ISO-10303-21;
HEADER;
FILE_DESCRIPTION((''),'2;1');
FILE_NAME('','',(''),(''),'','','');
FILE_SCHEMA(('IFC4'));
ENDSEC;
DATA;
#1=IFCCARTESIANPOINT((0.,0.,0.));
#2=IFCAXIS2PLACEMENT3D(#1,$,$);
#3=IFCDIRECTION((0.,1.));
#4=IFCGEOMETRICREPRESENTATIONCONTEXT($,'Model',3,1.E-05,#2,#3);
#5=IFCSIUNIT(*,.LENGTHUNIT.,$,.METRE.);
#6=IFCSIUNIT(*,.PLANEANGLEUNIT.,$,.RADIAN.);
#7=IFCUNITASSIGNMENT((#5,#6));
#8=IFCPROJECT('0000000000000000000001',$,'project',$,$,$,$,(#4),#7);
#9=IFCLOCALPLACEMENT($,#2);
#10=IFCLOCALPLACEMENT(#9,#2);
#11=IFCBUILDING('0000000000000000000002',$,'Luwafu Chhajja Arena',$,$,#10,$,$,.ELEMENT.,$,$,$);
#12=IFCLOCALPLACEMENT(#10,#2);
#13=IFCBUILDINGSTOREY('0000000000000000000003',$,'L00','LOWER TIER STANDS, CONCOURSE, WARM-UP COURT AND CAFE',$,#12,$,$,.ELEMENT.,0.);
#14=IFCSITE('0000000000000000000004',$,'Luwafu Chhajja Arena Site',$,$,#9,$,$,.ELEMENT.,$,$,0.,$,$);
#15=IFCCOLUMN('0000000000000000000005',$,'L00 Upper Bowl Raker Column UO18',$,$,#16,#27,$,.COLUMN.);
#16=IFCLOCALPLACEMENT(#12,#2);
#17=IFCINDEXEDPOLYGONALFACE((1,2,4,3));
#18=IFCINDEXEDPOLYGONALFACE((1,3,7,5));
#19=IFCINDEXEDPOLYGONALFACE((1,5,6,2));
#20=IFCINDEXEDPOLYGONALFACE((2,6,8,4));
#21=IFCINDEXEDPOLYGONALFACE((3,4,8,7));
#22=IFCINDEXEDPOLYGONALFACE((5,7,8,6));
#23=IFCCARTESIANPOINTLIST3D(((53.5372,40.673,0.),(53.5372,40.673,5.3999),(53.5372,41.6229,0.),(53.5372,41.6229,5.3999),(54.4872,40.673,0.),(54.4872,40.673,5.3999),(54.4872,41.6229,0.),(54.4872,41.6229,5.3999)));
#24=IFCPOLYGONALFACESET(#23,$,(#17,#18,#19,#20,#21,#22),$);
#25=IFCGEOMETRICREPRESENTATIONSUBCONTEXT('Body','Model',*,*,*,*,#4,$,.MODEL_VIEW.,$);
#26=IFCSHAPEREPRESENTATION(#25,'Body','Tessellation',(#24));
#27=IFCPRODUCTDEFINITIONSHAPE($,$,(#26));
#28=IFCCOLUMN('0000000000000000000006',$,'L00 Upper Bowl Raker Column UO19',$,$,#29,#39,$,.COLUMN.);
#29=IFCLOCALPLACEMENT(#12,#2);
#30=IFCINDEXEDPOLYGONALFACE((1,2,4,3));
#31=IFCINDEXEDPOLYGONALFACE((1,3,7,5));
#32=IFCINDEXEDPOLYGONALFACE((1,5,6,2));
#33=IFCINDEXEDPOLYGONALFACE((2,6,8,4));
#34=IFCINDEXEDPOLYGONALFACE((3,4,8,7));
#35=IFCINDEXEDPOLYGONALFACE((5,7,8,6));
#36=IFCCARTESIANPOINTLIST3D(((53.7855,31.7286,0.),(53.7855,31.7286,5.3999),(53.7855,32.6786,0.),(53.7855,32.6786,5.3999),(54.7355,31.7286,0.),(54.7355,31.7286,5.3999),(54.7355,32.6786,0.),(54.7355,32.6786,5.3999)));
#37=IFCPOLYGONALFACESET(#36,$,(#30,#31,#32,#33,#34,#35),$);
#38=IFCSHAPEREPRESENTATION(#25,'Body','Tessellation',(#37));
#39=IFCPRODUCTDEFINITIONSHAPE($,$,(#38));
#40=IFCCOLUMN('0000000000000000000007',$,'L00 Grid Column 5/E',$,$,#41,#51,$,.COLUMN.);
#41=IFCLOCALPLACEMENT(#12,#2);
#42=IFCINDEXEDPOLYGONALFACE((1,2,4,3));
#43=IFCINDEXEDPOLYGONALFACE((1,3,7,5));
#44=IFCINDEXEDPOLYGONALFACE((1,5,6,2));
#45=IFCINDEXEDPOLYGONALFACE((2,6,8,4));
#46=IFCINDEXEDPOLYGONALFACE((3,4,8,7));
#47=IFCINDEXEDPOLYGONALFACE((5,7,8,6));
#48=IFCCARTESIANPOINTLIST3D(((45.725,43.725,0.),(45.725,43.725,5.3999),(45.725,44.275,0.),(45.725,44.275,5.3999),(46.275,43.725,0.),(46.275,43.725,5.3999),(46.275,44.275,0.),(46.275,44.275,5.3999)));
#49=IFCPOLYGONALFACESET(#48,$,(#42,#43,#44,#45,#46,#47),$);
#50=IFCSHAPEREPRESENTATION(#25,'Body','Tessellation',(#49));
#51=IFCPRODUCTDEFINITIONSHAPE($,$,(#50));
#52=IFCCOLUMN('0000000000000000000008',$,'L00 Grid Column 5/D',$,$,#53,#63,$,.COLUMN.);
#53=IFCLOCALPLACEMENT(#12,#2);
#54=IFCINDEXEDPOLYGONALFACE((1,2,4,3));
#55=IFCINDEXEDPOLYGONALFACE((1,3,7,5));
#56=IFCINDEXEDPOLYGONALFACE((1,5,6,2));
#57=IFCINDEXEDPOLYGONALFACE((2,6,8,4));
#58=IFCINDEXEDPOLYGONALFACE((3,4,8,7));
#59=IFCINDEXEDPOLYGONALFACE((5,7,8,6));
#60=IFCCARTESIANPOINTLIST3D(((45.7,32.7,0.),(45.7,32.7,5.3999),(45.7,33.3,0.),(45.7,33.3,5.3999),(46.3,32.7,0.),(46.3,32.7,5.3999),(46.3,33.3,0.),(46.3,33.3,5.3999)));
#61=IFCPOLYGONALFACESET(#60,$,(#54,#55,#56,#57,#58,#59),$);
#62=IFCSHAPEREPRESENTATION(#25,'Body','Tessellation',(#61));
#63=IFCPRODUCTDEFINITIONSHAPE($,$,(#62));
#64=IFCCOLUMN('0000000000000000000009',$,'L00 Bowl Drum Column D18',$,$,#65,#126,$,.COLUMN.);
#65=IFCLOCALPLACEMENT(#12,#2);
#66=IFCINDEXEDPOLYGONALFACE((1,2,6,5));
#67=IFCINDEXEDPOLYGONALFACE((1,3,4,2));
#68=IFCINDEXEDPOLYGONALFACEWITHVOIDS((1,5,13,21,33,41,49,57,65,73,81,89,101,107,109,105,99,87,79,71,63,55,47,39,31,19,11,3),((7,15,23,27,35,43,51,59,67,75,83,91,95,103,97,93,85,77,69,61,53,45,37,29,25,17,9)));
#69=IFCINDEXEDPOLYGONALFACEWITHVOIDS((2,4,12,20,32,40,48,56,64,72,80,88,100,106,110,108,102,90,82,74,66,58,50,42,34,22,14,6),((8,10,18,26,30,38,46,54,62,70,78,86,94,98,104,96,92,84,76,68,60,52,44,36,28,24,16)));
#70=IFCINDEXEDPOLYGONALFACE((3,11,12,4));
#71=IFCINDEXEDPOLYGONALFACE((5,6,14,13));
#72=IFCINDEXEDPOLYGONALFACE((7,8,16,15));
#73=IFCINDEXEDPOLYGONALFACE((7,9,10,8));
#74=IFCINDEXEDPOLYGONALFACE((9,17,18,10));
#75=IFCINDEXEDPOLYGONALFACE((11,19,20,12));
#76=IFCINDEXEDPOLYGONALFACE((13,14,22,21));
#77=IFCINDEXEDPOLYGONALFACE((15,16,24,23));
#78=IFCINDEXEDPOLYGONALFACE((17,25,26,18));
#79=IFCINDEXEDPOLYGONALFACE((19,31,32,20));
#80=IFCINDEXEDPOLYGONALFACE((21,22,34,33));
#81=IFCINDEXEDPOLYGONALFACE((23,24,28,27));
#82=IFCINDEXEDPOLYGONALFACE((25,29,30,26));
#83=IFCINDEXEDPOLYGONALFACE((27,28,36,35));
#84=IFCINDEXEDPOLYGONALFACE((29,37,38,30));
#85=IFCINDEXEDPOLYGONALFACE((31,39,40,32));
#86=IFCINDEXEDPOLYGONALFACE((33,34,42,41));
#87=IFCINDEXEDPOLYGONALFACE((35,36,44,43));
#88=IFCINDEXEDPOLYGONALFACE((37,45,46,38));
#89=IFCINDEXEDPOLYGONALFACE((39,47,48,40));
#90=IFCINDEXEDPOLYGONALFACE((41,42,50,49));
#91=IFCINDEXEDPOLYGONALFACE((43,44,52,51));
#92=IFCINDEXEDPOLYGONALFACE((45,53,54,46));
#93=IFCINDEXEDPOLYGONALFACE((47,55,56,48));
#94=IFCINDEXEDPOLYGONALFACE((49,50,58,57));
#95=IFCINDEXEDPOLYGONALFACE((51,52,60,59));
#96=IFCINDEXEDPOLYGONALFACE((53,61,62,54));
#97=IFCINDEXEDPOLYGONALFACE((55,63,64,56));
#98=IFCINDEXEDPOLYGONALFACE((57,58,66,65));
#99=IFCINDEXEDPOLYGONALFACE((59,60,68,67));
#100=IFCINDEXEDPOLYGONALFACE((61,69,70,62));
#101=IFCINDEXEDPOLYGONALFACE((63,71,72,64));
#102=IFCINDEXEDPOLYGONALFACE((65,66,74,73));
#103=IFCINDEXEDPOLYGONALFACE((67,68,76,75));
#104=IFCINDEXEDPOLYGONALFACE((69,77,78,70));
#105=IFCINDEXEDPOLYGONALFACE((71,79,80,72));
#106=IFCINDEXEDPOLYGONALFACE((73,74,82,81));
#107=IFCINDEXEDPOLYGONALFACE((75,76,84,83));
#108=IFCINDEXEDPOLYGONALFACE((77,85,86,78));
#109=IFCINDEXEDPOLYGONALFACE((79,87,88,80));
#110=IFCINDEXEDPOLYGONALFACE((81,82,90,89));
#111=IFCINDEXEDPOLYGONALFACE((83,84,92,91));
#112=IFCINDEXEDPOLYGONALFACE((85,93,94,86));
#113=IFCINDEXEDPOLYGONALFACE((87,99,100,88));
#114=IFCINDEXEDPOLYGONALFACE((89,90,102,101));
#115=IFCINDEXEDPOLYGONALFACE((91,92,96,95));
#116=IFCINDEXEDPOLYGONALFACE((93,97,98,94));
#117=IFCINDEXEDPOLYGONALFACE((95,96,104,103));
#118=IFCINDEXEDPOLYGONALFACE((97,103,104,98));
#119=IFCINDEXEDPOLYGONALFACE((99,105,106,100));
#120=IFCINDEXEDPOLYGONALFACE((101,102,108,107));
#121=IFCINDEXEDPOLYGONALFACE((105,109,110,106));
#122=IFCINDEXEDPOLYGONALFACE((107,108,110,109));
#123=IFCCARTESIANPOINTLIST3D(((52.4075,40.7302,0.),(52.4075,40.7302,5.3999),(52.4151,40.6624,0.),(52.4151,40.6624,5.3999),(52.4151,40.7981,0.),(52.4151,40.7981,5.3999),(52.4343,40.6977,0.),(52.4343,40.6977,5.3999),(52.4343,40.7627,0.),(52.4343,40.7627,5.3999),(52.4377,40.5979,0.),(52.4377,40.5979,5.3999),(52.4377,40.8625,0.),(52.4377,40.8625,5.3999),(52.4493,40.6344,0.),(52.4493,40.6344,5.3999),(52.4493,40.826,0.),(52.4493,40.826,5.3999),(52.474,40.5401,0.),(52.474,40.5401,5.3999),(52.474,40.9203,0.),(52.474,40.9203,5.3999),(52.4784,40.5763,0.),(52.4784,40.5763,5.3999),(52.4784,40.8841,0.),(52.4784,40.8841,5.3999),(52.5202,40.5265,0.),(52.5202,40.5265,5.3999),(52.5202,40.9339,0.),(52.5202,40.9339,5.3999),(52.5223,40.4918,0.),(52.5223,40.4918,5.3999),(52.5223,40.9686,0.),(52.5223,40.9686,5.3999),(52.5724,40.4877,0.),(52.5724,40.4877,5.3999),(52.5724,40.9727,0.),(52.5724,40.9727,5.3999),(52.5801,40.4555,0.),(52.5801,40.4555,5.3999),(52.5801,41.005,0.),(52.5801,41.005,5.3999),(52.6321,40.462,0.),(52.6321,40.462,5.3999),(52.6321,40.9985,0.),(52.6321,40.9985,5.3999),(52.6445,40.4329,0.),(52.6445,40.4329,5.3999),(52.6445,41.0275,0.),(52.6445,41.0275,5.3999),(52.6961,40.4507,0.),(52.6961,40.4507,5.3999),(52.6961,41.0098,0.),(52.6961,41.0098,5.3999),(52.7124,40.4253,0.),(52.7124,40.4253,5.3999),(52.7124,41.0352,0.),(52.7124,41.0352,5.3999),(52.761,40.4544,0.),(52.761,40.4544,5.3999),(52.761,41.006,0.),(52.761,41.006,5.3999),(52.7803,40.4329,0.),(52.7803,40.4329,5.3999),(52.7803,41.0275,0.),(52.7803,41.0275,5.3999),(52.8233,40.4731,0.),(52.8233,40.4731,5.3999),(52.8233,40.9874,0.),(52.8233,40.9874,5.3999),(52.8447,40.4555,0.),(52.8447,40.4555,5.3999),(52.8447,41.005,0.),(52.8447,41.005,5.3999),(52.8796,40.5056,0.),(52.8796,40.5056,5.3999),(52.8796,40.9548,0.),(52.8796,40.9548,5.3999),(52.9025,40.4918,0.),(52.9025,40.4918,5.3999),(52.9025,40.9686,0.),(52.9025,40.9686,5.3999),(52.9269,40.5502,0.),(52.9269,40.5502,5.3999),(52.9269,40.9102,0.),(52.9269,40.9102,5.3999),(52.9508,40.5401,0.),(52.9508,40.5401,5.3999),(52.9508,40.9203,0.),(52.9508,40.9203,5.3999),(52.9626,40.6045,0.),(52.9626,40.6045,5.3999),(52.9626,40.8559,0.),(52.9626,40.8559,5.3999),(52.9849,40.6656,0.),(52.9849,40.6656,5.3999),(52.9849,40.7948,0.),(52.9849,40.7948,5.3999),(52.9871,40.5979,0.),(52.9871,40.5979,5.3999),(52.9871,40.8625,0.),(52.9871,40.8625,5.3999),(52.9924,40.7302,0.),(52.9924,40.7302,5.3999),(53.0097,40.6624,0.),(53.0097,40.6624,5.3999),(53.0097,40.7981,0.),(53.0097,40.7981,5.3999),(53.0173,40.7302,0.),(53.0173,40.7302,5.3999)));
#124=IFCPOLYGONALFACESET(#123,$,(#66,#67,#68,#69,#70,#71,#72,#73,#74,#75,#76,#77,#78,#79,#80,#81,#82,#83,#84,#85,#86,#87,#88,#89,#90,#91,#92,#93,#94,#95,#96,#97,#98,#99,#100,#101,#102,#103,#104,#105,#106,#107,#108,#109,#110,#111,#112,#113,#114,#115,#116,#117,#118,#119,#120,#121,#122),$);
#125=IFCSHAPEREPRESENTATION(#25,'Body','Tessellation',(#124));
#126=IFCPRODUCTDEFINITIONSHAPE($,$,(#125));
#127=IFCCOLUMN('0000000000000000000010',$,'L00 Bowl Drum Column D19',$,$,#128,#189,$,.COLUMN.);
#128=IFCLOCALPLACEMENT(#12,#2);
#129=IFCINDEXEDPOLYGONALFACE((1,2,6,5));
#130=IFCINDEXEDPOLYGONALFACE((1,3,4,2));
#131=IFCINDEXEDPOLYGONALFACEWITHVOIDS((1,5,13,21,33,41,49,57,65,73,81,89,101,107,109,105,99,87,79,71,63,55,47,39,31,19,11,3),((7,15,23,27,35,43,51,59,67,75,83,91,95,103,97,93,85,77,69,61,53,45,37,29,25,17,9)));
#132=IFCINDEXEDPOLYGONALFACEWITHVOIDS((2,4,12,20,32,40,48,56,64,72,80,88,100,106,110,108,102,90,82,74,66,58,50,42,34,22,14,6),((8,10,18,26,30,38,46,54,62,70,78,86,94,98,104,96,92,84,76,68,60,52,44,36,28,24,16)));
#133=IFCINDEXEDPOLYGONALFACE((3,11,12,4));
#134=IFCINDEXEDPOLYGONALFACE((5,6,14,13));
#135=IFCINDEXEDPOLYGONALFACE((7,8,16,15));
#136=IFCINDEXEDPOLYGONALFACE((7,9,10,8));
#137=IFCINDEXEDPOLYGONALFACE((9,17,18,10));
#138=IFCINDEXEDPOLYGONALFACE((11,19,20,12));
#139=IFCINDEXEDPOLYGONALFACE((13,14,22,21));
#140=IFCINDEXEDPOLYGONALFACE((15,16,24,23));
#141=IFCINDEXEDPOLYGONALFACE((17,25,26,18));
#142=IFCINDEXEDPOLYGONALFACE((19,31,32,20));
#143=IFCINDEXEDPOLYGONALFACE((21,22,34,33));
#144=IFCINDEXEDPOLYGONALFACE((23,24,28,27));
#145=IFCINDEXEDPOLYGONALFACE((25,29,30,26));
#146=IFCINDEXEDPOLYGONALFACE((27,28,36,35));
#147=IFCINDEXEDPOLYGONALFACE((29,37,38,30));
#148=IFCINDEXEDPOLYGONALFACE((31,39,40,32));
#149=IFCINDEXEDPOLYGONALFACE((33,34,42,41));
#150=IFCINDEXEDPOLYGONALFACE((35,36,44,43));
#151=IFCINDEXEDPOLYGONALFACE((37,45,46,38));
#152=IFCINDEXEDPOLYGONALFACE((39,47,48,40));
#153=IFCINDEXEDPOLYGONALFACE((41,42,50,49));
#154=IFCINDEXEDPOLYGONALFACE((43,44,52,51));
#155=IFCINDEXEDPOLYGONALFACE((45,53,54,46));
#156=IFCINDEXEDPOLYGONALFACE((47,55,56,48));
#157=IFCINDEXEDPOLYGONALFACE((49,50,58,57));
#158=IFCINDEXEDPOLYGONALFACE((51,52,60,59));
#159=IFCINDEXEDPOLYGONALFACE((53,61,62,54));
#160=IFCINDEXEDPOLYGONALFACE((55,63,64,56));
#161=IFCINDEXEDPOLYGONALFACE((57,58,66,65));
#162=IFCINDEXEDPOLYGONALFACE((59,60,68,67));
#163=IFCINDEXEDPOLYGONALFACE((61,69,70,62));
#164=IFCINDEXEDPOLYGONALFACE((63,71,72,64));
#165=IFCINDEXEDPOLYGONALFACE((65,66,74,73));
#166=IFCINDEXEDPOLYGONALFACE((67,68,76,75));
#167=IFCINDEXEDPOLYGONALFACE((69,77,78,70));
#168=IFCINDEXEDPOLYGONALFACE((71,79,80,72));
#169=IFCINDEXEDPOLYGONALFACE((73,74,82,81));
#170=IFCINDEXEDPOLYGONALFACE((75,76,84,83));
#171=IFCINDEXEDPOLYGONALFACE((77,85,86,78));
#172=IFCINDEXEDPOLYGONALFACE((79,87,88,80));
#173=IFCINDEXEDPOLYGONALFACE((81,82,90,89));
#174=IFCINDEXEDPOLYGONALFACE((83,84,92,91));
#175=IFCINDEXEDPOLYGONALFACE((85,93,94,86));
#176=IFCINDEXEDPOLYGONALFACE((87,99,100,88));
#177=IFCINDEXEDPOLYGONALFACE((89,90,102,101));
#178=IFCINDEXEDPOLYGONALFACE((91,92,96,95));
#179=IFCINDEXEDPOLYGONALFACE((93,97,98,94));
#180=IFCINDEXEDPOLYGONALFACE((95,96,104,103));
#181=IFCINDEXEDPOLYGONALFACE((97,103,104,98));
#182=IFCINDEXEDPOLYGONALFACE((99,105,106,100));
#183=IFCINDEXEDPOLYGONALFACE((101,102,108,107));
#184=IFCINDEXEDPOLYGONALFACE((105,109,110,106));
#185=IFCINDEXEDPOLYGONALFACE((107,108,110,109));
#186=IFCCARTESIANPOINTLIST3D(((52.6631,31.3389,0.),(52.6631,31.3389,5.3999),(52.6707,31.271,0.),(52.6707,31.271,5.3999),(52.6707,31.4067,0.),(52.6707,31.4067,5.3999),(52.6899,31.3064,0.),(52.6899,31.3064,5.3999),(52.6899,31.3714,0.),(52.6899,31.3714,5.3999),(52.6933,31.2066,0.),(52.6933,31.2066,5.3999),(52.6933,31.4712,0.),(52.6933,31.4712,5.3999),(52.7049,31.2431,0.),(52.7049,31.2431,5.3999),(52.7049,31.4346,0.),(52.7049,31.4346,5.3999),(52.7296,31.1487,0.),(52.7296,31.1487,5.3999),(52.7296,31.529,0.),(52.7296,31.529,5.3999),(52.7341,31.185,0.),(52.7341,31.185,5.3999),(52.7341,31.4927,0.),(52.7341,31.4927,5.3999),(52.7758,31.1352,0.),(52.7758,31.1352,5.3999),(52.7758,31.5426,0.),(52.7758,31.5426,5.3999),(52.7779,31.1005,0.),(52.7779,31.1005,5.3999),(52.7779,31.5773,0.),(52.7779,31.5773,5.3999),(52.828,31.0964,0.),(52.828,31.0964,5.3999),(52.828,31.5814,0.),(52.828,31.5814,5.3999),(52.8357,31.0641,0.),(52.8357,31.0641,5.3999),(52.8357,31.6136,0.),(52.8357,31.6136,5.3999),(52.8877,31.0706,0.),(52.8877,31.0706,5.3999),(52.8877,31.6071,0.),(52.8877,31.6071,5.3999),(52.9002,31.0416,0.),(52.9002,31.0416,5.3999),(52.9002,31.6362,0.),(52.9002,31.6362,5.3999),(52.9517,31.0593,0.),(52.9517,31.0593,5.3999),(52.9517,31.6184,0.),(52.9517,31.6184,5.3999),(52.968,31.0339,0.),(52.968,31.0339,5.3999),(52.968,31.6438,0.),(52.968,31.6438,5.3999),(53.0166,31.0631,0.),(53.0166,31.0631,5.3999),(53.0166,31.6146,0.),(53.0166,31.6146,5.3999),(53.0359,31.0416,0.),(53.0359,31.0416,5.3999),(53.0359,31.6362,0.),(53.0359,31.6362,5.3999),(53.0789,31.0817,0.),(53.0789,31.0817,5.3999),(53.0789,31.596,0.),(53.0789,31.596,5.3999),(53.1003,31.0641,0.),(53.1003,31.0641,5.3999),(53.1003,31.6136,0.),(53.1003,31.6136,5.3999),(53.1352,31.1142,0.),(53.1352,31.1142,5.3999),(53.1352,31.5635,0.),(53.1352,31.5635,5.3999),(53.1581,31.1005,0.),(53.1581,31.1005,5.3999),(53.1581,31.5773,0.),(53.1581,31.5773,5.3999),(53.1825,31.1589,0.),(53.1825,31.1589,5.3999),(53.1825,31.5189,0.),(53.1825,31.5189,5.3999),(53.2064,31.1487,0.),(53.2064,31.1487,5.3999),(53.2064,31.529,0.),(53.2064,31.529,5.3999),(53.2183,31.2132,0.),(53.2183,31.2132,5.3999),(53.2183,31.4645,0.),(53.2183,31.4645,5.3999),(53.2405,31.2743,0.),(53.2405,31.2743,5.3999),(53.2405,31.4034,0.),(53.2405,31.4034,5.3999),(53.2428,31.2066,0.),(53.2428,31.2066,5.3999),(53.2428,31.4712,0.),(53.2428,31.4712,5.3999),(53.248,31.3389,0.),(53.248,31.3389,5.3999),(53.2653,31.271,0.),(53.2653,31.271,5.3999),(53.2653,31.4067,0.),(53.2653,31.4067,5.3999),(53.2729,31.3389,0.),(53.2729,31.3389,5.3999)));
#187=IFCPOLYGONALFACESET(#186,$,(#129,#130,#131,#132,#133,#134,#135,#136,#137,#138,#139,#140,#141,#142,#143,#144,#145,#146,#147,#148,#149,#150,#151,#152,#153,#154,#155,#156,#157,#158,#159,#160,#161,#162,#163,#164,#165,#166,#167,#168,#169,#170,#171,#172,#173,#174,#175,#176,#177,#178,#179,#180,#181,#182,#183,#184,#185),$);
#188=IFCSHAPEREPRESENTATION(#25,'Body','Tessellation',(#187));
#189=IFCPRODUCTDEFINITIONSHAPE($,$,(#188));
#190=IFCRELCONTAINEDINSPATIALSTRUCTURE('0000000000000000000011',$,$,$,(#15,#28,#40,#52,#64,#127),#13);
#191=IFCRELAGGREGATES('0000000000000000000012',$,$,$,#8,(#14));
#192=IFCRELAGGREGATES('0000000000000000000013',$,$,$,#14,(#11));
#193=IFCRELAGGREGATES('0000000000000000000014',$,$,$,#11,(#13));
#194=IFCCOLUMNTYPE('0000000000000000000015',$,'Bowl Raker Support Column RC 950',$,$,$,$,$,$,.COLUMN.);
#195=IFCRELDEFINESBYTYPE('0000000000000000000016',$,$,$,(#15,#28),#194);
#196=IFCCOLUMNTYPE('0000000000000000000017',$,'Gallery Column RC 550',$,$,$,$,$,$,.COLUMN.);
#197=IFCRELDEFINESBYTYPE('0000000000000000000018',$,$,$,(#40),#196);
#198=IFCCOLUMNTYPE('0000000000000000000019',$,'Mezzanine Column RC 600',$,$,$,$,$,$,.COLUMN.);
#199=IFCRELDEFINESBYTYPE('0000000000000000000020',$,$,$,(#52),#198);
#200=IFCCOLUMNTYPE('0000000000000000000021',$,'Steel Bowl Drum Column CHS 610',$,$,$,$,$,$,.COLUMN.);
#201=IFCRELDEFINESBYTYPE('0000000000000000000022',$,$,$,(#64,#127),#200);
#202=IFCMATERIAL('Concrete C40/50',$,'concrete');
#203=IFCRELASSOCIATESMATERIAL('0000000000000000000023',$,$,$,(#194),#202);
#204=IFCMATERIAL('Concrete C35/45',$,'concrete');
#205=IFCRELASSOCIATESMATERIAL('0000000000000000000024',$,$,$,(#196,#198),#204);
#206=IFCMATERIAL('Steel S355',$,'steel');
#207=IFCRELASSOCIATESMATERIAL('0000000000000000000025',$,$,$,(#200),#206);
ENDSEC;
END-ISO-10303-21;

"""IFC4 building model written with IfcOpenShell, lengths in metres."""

from ifc_helpers import new_model, si_unit, direction, frame, origin, origin_2d, place, context, subcontext, project, spatial, rectangle, hollow_circle, extrude, material, material_profile, profile_set, type_object, element, save


model = new_model("IFC4")

# Units and contexts
model_context = context("Model", 3, precision=1e-05, world=origin(), true_north=direction((0.0, 1.0)))
body_context = subcontext(model_context, "Body", "Model", "MODEL_VIEW")
ifc_project = project(units=[si_unit("LENGTHUNIT", "METRE"), si_unit("PLANEANGLEUNIT", "RADIAN")], contexts=[model_context])

# Site, building, storey
site_placement = place(None, origin())
site = spatial("IfcSite", under=ifc_project, at=site_placement, Name="Luwafu Chhajja Arena Site", CompositionType="ELEMENT", RefElevation=0.0)
building_placement = place(site_placement, origin())
building = spatial("IfcBuilding", under=site, at=building_placement, Name="Luwafu Chhajja Arena", CompositionType="ELEMENT")
storey_placement = place(building_placement, origin())
storey = spatial("IfcBuildingStorey", under=building, at=storey_placement, Name="L00", Description="LOWER TIER STANDS, CONCOURSE, WARM-UP COURT AND CAFE", CompositionType="ELEMENT", Elevation=0.0)

# Columns
ifc_material_1 = material(Name="Concrete C40/50", Category="concrete")
ifc_material_profile_1 = material_profile(ifc_material_1, rectangle(XDim=0.95, YDim=0.95, at=origin_2d()), Name="RC 950x950")
ifc_profile_set_1 = profile_set([ifc_material_profile_1], Name="Concrete C40/50")
column_type_1 = type_object("IfcColumnType", Name="Bowl Raker Support Column RC 950", PredefinedType="COLUMN", material=ifc_profile_set_1)
for number, where, z_axis, x_axis, name in (
    (1, (54.0122, 41.1479, 0.0), (0.0, 0.0, 1.0), (1.0, 0.0, 0.0), "L00 Upper Bowl Raker Column UO18"),
    (2, (54.2605, 32.2036, 0.0), (0.0, 0.0, 1.0), (1.0, 0.0, 0.0), "L00 Upper Bowl Raker Column UO19"),
):
    element("IfcColumn", number, at=place(storey_placement, frame(where, z_axis=z_axis, x_axis=x_axis)), inside=storey, type_object=column_type_1, Name=name, PredefinedType="COLUMN", context=body_context, shape_type="SweptSolid", body=[
        extrude(rectangle(XDim=0.95, YDim=0.95, at=origin_2d()), origin(), (0.0, 0.0, 1.0), 5.3999),
    ])
ifc_material_2 = material(Name="Concrete C35/45", Category="concrete")
ifc_material_profile_2 = material_profile(ifc_material_2, rectangle(XDim=0.55, YDim=0.55, at=origin_2d()), Name="RC 550x550")
ifc_profile_set_2 = profile_set([ifc_material_profile_2], Name="Concrete C35/45")
column_type_2 = type_object("IfcColumnType", Name="Gallery Column RC 550", PredefinedType="COLUMN", material=ifc_profile_set_2)
column_1_placement = place(storey_placement, frame((46.0, 44.0, 0.0), z_axis=(0.0, 0.0, 1.0), x_axis=(1.0, 0.0, 0.0)))
element("IfcColumn", 3, at=column_1_placement, inside=storey, type_object=column_type_2, Name="L00 Grid Column 5/E", PredefinedType="COLUMN", context=body_context, shape_type="SweptSolid", body=[
    extrude(rectangle(XDim=0.55, YDim=0.55, at=origin_2d()), origin(), (0.0, 0.0, 1.0), 5.3999),
])
ifc_material_profile_3 = material_profile(ifc_material_2, rectangle(XDim=0.6001, YDim=0.6001, at=origin_2d()), Name="RC 600x600")
ifc_profile_set_3 = profile_set([ifc_material_profile_3], Name="Concrete C35/45")
column_type_3 = type_object("IfcColumnType", Name="Mezzanine Column RC 600", PredefinedType="COLUMN", material=ifc_profile_set_3)
column_2_placement = place(storey_placement, frame((46.0, 33.0, 0.0), z_axis=(0.0, 0.0, 1.0), x_axis=(1.0, 0.0, 0.0)))
element("IfcColumn", 4, at=column_2_placement, inside=storey, type_object=column_type_3, Name="L00 Grid Column 5/D", PredefinedType="COLUMN", context=body_context, shape_type="SweptSolid", body=[
    extrude(rectangle(XDim=0.6001, YDim=0.6001, at=origin_2d()), origin(), (0.0, 0.0, 1.0), 5.3999),
])
ifc_material_3 = material(Name="Steel S355", Category="steel")
ifc_material_profile_4 = material_profile(ifc_material_3, hollow_circle(Radius=0.3049, WallThickness=0.0249, at=origin_2d()), Name="CHS 610x25")
ifc_profile_set_4 = profile_set([ifc_material_profile_4], Name="Steel S355")
column_type_4 = type_object("IfcColumnType", Name="Steel Bowl Drum Column CHS 610", PredefinedType="COLUMN", material=ifc_profile_set_4)
for number, where, z_axis, x_axis, name in (
    (5, (52.7124, 40.7302, 0.0), (0.0, 0.0, 1.0), (1.0, 0.0, 0.0), "L00 Bowl Drum Column D18"),
    (6, (52.968, 31.3389, 0.0), (0.0, 0.0, 1.0), (1.0, 0.0, 0.0), "L00 Bowl Drum Column D19"),
):
    element("IfcColumn", number, at=place(storey_placement, frame(where, z_axis=z_axis, x_axis=x_axis)), inside=storey, type_object=column_type_4, Name=name, PredefinedType="COLUMN", context=body_context, shape_type="SweptSolid", body=[
        extrude(hollow_circle(Radius=0.3049, WallThickness=0.0249, at=origin_2d()), origin(), (0.0, 0.0, 1.0), 5.3999),
    ])

save(model, "model.ifc")
